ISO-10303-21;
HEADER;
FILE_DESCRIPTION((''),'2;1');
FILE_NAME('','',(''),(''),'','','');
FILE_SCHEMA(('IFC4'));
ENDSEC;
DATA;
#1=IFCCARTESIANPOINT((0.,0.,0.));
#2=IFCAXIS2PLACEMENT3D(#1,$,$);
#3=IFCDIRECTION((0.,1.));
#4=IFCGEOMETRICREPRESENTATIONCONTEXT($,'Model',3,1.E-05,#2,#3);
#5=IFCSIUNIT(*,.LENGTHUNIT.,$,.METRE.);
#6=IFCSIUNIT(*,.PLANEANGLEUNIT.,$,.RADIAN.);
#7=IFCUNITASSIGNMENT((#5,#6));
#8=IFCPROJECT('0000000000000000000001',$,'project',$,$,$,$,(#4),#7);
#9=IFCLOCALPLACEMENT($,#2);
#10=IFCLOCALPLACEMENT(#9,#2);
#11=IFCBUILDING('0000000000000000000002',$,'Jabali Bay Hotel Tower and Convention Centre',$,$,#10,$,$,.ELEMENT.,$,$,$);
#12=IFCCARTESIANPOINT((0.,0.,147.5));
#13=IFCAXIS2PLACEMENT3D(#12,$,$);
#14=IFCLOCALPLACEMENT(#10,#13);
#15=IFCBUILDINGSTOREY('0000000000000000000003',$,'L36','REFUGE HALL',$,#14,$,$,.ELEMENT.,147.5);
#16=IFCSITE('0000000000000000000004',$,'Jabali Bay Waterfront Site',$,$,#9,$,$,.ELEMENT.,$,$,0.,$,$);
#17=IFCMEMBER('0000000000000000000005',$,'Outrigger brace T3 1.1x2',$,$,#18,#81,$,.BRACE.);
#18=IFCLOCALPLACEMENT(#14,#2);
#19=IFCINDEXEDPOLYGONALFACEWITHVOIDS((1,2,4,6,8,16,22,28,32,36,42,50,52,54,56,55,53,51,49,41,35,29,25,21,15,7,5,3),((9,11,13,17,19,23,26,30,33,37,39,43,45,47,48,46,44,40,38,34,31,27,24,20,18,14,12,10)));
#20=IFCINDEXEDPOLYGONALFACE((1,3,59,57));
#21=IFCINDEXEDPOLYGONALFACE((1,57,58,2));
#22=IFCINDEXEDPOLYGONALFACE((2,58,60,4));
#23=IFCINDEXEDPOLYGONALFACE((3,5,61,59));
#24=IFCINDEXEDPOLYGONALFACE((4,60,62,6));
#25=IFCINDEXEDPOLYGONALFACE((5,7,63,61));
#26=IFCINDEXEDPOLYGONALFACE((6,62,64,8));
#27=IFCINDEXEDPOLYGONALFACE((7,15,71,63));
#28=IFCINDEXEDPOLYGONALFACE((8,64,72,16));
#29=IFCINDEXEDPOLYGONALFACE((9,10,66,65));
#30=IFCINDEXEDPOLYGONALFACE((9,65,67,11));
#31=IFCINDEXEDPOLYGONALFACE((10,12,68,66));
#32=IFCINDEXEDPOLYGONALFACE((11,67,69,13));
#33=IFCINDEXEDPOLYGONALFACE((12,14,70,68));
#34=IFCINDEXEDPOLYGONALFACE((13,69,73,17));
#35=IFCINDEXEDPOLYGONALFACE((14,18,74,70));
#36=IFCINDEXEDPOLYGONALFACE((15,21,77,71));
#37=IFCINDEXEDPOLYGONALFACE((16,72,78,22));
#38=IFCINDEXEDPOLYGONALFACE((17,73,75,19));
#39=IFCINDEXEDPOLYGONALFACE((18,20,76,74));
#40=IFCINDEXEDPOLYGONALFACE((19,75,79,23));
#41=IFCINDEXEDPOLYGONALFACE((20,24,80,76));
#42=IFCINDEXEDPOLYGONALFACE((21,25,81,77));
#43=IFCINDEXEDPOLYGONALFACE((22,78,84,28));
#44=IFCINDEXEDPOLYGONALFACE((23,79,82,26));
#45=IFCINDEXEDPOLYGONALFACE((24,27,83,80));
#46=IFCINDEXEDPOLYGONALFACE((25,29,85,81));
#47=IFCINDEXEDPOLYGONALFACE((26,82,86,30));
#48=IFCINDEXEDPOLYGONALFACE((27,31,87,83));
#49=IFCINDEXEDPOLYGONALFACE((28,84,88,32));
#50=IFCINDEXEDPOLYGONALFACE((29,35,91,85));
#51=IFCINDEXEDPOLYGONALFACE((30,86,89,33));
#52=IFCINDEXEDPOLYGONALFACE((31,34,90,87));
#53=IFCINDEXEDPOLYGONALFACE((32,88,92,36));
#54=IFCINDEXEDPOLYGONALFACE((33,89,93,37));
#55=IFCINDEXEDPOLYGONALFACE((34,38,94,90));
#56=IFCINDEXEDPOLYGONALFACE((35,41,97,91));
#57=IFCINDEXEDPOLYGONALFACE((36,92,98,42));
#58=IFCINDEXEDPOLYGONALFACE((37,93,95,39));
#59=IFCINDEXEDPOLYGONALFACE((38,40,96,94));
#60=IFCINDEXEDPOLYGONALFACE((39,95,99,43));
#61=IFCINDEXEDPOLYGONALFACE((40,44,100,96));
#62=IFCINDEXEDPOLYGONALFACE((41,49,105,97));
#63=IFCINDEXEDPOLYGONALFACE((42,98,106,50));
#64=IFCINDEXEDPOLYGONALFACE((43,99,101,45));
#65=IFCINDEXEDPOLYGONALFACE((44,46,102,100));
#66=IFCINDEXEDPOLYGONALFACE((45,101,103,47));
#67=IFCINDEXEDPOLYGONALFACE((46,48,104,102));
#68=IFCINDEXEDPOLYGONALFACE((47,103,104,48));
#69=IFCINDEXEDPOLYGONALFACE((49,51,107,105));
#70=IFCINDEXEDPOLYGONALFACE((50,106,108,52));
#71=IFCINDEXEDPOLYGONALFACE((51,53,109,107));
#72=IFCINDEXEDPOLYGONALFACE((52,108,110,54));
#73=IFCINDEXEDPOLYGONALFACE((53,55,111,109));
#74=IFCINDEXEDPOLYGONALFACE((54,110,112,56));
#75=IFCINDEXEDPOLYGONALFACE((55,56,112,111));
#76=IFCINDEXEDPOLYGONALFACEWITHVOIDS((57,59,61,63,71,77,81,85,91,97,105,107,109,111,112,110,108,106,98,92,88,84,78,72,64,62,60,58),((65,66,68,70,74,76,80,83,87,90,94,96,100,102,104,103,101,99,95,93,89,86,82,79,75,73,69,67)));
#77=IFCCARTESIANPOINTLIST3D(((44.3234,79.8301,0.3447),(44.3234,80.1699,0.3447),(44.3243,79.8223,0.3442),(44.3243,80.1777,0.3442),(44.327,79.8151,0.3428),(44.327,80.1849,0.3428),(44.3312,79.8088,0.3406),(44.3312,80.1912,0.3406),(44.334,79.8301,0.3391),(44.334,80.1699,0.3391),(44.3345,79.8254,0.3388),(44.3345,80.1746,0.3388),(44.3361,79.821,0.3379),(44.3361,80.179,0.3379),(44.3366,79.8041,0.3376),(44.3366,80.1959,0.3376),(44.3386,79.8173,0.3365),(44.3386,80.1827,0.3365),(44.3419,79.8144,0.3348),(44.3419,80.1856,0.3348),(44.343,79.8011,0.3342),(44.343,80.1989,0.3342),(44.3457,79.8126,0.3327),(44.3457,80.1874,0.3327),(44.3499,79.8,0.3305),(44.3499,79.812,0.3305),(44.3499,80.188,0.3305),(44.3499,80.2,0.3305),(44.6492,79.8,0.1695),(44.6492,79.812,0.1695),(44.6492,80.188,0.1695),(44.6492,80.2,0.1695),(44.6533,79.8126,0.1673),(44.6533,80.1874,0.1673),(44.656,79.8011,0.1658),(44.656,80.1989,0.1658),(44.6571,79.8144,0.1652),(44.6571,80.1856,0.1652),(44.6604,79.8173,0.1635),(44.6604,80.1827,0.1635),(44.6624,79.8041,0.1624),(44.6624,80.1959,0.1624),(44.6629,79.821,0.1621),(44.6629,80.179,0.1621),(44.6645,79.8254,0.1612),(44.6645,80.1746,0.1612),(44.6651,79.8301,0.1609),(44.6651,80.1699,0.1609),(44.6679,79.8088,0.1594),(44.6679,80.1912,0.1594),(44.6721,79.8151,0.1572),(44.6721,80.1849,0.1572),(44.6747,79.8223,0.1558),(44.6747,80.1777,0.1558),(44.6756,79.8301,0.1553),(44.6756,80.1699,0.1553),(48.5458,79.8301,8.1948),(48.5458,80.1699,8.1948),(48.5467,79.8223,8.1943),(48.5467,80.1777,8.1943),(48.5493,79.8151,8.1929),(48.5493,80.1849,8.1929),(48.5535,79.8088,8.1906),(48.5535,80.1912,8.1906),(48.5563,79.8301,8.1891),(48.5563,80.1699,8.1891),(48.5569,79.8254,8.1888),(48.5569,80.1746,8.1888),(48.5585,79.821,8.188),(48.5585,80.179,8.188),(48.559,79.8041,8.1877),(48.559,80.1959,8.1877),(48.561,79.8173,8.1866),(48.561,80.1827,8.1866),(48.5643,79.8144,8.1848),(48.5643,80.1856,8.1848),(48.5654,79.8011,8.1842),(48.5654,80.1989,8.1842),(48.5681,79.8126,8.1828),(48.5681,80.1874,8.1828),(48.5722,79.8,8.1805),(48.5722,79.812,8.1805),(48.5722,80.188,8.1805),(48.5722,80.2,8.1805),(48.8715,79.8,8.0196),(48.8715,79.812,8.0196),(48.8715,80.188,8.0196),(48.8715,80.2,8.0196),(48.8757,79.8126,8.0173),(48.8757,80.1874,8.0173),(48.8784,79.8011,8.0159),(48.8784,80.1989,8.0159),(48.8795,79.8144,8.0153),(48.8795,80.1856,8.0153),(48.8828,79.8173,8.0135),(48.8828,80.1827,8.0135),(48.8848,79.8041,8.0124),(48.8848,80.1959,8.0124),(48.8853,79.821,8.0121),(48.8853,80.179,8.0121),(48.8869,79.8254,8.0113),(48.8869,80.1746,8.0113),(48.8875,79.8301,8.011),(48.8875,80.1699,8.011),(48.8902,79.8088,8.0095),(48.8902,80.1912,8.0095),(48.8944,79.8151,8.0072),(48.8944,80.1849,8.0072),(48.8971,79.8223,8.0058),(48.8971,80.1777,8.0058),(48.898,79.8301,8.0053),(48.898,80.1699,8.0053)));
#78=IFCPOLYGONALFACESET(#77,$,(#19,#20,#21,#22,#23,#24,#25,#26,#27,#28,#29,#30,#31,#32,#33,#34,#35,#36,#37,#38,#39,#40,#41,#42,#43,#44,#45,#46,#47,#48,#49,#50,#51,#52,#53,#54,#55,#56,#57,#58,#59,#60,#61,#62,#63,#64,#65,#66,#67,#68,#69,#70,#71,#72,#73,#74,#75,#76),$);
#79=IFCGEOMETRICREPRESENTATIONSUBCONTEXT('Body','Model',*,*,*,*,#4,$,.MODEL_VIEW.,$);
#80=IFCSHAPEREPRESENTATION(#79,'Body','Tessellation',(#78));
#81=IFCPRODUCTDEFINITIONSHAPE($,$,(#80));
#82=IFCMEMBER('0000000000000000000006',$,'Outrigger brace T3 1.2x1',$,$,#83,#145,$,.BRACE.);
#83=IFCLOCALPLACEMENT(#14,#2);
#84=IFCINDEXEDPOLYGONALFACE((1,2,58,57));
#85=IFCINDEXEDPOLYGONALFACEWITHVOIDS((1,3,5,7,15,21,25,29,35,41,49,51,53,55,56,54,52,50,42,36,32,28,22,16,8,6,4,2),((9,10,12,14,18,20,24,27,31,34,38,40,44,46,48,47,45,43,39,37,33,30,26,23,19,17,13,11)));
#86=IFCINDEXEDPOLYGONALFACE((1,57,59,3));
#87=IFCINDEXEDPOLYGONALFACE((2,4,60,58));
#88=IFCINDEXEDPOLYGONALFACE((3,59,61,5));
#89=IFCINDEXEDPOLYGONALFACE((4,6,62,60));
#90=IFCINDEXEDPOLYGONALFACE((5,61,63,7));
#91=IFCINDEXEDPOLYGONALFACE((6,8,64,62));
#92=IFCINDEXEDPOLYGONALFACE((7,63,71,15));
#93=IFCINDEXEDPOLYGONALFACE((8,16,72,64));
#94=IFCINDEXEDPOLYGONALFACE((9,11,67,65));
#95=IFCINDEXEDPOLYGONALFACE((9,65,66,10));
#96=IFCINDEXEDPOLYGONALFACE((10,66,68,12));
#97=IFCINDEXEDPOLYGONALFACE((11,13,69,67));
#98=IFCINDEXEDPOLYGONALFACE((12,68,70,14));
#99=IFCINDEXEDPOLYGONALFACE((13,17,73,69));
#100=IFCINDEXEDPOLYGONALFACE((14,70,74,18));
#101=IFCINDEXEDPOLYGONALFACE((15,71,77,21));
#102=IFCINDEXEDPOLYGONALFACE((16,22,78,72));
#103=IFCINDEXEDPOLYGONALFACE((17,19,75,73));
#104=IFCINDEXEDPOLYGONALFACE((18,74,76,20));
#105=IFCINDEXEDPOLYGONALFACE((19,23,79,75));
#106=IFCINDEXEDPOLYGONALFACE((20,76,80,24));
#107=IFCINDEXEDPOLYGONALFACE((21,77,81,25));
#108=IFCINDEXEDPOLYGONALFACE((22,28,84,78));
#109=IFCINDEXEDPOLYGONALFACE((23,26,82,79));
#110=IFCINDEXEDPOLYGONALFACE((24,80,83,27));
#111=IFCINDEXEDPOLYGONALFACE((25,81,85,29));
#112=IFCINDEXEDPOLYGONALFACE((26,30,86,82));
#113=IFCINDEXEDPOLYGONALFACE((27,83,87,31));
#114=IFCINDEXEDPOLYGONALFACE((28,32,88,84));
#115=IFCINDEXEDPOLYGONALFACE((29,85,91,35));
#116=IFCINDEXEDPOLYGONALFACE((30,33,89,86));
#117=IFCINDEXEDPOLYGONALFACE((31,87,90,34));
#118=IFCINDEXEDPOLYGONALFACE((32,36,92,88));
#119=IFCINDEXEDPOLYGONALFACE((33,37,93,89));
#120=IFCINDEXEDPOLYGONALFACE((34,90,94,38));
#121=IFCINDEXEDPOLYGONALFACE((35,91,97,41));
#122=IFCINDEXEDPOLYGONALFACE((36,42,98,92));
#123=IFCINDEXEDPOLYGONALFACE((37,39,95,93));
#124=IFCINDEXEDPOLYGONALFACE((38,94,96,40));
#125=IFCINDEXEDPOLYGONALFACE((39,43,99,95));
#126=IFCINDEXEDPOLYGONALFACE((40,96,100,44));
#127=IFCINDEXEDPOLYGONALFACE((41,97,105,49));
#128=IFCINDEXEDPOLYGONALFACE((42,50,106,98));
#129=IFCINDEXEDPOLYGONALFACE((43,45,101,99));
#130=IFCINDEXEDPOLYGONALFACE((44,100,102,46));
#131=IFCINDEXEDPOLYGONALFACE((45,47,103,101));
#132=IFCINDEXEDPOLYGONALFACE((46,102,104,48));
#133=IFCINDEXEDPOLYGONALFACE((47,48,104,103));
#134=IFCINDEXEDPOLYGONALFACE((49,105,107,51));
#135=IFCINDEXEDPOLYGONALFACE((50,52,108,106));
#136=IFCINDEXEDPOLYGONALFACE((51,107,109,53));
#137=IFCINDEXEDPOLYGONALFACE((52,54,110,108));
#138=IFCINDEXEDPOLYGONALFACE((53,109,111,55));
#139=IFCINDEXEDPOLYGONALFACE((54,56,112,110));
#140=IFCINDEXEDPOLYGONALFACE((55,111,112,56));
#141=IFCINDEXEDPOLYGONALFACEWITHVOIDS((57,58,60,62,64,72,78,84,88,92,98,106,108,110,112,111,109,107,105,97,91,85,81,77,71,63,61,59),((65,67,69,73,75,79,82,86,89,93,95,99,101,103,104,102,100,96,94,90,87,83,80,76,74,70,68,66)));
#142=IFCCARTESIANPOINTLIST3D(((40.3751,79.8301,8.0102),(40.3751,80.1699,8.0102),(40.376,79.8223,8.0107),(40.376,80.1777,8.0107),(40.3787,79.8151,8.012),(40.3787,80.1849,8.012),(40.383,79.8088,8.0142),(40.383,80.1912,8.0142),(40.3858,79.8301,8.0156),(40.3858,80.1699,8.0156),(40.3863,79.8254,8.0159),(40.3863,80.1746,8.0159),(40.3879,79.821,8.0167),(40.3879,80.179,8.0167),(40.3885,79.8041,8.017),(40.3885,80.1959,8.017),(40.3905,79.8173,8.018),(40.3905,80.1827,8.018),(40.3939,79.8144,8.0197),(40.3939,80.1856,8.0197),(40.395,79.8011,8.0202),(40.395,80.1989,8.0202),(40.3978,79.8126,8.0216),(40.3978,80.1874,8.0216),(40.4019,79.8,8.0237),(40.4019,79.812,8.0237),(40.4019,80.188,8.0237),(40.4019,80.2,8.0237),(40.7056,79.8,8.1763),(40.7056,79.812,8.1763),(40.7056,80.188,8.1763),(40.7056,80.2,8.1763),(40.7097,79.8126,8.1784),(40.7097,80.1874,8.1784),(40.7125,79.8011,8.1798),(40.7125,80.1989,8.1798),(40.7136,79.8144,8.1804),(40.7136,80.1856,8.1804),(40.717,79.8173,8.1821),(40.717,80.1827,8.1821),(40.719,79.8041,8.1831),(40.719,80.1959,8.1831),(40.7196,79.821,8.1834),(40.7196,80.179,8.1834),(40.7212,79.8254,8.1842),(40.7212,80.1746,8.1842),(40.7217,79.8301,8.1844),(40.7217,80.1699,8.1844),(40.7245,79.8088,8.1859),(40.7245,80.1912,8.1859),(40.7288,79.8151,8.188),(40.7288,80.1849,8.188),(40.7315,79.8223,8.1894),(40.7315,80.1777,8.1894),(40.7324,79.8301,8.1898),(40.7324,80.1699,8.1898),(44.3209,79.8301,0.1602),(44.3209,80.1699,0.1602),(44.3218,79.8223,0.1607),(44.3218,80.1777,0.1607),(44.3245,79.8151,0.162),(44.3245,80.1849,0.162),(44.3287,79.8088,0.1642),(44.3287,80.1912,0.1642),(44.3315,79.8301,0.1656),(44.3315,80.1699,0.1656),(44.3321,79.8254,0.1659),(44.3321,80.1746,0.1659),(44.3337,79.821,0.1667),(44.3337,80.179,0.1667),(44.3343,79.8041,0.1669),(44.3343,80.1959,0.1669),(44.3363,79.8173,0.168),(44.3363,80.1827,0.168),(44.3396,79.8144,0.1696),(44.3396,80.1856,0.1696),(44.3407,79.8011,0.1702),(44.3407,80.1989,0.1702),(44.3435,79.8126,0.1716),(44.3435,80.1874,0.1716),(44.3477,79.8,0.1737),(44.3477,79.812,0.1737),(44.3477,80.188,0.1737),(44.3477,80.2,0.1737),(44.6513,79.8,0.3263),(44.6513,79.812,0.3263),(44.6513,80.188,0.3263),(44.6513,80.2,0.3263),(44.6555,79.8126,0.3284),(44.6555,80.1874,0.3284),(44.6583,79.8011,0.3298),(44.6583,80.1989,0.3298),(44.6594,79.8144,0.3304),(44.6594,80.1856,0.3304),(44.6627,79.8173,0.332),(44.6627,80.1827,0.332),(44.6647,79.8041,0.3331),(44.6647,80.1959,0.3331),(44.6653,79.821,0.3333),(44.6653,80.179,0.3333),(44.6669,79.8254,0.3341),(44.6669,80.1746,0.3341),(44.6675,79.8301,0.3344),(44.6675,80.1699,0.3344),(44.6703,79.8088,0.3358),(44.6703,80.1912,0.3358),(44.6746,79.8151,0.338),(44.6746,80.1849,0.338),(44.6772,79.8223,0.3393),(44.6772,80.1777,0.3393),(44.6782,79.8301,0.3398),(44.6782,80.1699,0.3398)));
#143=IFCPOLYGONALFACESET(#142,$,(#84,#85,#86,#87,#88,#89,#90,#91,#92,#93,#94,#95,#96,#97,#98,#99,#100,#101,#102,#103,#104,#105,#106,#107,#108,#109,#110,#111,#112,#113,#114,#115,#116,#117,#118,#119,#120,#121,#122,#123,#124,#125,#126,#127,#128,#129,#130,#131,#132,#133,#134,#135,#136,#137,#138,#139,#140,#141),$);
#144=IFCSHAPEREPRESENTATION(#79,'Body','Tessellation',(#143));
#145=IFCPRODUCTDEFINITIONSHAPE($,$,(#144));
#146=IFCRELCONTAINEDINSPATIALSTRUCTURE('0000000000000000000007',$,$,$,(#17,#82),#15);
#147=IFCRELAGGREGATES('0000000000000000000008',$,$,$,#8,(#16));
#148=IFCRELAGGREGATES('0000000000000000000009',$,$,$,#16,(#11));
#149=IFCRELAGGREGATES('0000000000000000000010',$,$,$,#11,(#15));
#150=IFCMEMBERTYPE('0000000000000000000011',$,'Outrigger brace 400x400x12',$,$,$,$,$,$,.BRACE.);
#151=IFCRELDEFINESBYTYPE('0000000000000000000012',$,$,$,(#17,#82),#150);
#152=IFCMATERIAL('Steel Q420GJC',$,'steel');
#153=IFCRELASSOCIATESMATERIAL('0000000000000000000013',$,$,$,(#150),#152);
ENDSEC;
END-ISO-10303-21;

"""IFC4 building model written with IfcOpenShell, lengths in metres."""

from ifc_helpers import new_model, si_unit, direction, frame, origin, origin_2d, place, context, subcontext, project, spatial, hollow_rectangle, extrude, material, material_profile, profile_set, type_object, element, save


model = new_model("IFC4")

# Units and contexts
model_context = context("Model", 3, precision=1e-05, world=origin(), true_north=direction((0.0, 1.0)))
body_context = subcontext(model_context, "Body", "Model", "MODEL_VIEW")
ifc_project = project(units=[si_unit("LENGTHUNIT", "METRE"), si_unit("PLANEANGLEUNIT", "RADIAN")], contexts=[model_context])

# Site, building, storey
site_placement = place(None, origin())
site = spatial("IfcSite", under=ifc_project, at=site_placement, Name="Jabali Bay Waterfront Site", CompositionType="ELEMENT", RefElevation=0.0)
building_placement = place(site_placement, origin())
building = spatial("IfcBuilding", under=site, at=building_placement, Name="Jabali Bay Hotel Tower and Convention Centre", CompositionType="ELEMENT")
storey_placement = place(building_placement, frame((0.0, 0.0, 147.5)))
storey = spatial("IfcBuildingStorey", under=building, at=storey_placement, Name="L36", Description="REFUGE HALL", CompositionType="ELEMENT", Elevation=147.5)

# Members
ifc_material_1 = material(Name="Steel Q420GJC", Category="steel")
ifc_material_profile_1 = material_profile(ifc_material_1, hollow_rectangle(XDim=0.3999, YDim=0.3999, WallThickness=0.012, InnerFilletRadius=0.0181, OuterFilletRadius=0.03, at=origin_2d()), Name="Outrigger brace 400x400x12")
ifc_profile_set_1 = profile_set([ifc_material_profile_1], Name="Steel Q420GJC")
member_type_1 = type_object("IfcMemberType", Name="Outrigger brace 400x400x12", PredefinedType="BRACE", material=ifc_profile_set_1)
member_1_placement = place(storey_placement, frame((44.4995, 80.0, 0.25), z_axis=(0.473703, 0.0, 0.880685), x_axis=(0.0, 1.0, 0.0)))
element("IfcMember", 1, at=member_1_placement, inside=storey, type_object=member_type_1, Name="Outrigger brace T3 1.1x2", PredefinedType="BRACE", context=body_context, shape_type="SweptSolid", body=[
    extrude(hollow_rectangle(XDim=0.3999, YDim=0.3999, WallThickness=0.012, InnerFilletRadius=0.0181, OuterFilletRadius=0.03, at=origin_2d()), origin(), (0.0, 0.0, 1.0), 8.9136),
])
member_2_placement = place(storey_placement, frame((44.4995, 80.0, 0.25), z_axis=(-0.449102, 0.0, 0.89348), x_axis=(0.0, -1.0, 0.0)))
element("IfcMember", 2, at=member_2_placement, inside=storey, type_object=member_type_1, Name="Outrigger brace T3 1.2x1", PredefinedType="BRACE", context=body_context, shape_type="SweptSolid", body=[
    extrude(hollow_rectangle(XDim=0.3999, YDim=0.3999, WallThickness=0.012, InnerFilletRadius=0.0181, OuterFilletRadius=0.03, at=origin_2d()), origin(), (0.0, 0.0, 1.0), 8.7859),
])

save(model, "model.ifc")
